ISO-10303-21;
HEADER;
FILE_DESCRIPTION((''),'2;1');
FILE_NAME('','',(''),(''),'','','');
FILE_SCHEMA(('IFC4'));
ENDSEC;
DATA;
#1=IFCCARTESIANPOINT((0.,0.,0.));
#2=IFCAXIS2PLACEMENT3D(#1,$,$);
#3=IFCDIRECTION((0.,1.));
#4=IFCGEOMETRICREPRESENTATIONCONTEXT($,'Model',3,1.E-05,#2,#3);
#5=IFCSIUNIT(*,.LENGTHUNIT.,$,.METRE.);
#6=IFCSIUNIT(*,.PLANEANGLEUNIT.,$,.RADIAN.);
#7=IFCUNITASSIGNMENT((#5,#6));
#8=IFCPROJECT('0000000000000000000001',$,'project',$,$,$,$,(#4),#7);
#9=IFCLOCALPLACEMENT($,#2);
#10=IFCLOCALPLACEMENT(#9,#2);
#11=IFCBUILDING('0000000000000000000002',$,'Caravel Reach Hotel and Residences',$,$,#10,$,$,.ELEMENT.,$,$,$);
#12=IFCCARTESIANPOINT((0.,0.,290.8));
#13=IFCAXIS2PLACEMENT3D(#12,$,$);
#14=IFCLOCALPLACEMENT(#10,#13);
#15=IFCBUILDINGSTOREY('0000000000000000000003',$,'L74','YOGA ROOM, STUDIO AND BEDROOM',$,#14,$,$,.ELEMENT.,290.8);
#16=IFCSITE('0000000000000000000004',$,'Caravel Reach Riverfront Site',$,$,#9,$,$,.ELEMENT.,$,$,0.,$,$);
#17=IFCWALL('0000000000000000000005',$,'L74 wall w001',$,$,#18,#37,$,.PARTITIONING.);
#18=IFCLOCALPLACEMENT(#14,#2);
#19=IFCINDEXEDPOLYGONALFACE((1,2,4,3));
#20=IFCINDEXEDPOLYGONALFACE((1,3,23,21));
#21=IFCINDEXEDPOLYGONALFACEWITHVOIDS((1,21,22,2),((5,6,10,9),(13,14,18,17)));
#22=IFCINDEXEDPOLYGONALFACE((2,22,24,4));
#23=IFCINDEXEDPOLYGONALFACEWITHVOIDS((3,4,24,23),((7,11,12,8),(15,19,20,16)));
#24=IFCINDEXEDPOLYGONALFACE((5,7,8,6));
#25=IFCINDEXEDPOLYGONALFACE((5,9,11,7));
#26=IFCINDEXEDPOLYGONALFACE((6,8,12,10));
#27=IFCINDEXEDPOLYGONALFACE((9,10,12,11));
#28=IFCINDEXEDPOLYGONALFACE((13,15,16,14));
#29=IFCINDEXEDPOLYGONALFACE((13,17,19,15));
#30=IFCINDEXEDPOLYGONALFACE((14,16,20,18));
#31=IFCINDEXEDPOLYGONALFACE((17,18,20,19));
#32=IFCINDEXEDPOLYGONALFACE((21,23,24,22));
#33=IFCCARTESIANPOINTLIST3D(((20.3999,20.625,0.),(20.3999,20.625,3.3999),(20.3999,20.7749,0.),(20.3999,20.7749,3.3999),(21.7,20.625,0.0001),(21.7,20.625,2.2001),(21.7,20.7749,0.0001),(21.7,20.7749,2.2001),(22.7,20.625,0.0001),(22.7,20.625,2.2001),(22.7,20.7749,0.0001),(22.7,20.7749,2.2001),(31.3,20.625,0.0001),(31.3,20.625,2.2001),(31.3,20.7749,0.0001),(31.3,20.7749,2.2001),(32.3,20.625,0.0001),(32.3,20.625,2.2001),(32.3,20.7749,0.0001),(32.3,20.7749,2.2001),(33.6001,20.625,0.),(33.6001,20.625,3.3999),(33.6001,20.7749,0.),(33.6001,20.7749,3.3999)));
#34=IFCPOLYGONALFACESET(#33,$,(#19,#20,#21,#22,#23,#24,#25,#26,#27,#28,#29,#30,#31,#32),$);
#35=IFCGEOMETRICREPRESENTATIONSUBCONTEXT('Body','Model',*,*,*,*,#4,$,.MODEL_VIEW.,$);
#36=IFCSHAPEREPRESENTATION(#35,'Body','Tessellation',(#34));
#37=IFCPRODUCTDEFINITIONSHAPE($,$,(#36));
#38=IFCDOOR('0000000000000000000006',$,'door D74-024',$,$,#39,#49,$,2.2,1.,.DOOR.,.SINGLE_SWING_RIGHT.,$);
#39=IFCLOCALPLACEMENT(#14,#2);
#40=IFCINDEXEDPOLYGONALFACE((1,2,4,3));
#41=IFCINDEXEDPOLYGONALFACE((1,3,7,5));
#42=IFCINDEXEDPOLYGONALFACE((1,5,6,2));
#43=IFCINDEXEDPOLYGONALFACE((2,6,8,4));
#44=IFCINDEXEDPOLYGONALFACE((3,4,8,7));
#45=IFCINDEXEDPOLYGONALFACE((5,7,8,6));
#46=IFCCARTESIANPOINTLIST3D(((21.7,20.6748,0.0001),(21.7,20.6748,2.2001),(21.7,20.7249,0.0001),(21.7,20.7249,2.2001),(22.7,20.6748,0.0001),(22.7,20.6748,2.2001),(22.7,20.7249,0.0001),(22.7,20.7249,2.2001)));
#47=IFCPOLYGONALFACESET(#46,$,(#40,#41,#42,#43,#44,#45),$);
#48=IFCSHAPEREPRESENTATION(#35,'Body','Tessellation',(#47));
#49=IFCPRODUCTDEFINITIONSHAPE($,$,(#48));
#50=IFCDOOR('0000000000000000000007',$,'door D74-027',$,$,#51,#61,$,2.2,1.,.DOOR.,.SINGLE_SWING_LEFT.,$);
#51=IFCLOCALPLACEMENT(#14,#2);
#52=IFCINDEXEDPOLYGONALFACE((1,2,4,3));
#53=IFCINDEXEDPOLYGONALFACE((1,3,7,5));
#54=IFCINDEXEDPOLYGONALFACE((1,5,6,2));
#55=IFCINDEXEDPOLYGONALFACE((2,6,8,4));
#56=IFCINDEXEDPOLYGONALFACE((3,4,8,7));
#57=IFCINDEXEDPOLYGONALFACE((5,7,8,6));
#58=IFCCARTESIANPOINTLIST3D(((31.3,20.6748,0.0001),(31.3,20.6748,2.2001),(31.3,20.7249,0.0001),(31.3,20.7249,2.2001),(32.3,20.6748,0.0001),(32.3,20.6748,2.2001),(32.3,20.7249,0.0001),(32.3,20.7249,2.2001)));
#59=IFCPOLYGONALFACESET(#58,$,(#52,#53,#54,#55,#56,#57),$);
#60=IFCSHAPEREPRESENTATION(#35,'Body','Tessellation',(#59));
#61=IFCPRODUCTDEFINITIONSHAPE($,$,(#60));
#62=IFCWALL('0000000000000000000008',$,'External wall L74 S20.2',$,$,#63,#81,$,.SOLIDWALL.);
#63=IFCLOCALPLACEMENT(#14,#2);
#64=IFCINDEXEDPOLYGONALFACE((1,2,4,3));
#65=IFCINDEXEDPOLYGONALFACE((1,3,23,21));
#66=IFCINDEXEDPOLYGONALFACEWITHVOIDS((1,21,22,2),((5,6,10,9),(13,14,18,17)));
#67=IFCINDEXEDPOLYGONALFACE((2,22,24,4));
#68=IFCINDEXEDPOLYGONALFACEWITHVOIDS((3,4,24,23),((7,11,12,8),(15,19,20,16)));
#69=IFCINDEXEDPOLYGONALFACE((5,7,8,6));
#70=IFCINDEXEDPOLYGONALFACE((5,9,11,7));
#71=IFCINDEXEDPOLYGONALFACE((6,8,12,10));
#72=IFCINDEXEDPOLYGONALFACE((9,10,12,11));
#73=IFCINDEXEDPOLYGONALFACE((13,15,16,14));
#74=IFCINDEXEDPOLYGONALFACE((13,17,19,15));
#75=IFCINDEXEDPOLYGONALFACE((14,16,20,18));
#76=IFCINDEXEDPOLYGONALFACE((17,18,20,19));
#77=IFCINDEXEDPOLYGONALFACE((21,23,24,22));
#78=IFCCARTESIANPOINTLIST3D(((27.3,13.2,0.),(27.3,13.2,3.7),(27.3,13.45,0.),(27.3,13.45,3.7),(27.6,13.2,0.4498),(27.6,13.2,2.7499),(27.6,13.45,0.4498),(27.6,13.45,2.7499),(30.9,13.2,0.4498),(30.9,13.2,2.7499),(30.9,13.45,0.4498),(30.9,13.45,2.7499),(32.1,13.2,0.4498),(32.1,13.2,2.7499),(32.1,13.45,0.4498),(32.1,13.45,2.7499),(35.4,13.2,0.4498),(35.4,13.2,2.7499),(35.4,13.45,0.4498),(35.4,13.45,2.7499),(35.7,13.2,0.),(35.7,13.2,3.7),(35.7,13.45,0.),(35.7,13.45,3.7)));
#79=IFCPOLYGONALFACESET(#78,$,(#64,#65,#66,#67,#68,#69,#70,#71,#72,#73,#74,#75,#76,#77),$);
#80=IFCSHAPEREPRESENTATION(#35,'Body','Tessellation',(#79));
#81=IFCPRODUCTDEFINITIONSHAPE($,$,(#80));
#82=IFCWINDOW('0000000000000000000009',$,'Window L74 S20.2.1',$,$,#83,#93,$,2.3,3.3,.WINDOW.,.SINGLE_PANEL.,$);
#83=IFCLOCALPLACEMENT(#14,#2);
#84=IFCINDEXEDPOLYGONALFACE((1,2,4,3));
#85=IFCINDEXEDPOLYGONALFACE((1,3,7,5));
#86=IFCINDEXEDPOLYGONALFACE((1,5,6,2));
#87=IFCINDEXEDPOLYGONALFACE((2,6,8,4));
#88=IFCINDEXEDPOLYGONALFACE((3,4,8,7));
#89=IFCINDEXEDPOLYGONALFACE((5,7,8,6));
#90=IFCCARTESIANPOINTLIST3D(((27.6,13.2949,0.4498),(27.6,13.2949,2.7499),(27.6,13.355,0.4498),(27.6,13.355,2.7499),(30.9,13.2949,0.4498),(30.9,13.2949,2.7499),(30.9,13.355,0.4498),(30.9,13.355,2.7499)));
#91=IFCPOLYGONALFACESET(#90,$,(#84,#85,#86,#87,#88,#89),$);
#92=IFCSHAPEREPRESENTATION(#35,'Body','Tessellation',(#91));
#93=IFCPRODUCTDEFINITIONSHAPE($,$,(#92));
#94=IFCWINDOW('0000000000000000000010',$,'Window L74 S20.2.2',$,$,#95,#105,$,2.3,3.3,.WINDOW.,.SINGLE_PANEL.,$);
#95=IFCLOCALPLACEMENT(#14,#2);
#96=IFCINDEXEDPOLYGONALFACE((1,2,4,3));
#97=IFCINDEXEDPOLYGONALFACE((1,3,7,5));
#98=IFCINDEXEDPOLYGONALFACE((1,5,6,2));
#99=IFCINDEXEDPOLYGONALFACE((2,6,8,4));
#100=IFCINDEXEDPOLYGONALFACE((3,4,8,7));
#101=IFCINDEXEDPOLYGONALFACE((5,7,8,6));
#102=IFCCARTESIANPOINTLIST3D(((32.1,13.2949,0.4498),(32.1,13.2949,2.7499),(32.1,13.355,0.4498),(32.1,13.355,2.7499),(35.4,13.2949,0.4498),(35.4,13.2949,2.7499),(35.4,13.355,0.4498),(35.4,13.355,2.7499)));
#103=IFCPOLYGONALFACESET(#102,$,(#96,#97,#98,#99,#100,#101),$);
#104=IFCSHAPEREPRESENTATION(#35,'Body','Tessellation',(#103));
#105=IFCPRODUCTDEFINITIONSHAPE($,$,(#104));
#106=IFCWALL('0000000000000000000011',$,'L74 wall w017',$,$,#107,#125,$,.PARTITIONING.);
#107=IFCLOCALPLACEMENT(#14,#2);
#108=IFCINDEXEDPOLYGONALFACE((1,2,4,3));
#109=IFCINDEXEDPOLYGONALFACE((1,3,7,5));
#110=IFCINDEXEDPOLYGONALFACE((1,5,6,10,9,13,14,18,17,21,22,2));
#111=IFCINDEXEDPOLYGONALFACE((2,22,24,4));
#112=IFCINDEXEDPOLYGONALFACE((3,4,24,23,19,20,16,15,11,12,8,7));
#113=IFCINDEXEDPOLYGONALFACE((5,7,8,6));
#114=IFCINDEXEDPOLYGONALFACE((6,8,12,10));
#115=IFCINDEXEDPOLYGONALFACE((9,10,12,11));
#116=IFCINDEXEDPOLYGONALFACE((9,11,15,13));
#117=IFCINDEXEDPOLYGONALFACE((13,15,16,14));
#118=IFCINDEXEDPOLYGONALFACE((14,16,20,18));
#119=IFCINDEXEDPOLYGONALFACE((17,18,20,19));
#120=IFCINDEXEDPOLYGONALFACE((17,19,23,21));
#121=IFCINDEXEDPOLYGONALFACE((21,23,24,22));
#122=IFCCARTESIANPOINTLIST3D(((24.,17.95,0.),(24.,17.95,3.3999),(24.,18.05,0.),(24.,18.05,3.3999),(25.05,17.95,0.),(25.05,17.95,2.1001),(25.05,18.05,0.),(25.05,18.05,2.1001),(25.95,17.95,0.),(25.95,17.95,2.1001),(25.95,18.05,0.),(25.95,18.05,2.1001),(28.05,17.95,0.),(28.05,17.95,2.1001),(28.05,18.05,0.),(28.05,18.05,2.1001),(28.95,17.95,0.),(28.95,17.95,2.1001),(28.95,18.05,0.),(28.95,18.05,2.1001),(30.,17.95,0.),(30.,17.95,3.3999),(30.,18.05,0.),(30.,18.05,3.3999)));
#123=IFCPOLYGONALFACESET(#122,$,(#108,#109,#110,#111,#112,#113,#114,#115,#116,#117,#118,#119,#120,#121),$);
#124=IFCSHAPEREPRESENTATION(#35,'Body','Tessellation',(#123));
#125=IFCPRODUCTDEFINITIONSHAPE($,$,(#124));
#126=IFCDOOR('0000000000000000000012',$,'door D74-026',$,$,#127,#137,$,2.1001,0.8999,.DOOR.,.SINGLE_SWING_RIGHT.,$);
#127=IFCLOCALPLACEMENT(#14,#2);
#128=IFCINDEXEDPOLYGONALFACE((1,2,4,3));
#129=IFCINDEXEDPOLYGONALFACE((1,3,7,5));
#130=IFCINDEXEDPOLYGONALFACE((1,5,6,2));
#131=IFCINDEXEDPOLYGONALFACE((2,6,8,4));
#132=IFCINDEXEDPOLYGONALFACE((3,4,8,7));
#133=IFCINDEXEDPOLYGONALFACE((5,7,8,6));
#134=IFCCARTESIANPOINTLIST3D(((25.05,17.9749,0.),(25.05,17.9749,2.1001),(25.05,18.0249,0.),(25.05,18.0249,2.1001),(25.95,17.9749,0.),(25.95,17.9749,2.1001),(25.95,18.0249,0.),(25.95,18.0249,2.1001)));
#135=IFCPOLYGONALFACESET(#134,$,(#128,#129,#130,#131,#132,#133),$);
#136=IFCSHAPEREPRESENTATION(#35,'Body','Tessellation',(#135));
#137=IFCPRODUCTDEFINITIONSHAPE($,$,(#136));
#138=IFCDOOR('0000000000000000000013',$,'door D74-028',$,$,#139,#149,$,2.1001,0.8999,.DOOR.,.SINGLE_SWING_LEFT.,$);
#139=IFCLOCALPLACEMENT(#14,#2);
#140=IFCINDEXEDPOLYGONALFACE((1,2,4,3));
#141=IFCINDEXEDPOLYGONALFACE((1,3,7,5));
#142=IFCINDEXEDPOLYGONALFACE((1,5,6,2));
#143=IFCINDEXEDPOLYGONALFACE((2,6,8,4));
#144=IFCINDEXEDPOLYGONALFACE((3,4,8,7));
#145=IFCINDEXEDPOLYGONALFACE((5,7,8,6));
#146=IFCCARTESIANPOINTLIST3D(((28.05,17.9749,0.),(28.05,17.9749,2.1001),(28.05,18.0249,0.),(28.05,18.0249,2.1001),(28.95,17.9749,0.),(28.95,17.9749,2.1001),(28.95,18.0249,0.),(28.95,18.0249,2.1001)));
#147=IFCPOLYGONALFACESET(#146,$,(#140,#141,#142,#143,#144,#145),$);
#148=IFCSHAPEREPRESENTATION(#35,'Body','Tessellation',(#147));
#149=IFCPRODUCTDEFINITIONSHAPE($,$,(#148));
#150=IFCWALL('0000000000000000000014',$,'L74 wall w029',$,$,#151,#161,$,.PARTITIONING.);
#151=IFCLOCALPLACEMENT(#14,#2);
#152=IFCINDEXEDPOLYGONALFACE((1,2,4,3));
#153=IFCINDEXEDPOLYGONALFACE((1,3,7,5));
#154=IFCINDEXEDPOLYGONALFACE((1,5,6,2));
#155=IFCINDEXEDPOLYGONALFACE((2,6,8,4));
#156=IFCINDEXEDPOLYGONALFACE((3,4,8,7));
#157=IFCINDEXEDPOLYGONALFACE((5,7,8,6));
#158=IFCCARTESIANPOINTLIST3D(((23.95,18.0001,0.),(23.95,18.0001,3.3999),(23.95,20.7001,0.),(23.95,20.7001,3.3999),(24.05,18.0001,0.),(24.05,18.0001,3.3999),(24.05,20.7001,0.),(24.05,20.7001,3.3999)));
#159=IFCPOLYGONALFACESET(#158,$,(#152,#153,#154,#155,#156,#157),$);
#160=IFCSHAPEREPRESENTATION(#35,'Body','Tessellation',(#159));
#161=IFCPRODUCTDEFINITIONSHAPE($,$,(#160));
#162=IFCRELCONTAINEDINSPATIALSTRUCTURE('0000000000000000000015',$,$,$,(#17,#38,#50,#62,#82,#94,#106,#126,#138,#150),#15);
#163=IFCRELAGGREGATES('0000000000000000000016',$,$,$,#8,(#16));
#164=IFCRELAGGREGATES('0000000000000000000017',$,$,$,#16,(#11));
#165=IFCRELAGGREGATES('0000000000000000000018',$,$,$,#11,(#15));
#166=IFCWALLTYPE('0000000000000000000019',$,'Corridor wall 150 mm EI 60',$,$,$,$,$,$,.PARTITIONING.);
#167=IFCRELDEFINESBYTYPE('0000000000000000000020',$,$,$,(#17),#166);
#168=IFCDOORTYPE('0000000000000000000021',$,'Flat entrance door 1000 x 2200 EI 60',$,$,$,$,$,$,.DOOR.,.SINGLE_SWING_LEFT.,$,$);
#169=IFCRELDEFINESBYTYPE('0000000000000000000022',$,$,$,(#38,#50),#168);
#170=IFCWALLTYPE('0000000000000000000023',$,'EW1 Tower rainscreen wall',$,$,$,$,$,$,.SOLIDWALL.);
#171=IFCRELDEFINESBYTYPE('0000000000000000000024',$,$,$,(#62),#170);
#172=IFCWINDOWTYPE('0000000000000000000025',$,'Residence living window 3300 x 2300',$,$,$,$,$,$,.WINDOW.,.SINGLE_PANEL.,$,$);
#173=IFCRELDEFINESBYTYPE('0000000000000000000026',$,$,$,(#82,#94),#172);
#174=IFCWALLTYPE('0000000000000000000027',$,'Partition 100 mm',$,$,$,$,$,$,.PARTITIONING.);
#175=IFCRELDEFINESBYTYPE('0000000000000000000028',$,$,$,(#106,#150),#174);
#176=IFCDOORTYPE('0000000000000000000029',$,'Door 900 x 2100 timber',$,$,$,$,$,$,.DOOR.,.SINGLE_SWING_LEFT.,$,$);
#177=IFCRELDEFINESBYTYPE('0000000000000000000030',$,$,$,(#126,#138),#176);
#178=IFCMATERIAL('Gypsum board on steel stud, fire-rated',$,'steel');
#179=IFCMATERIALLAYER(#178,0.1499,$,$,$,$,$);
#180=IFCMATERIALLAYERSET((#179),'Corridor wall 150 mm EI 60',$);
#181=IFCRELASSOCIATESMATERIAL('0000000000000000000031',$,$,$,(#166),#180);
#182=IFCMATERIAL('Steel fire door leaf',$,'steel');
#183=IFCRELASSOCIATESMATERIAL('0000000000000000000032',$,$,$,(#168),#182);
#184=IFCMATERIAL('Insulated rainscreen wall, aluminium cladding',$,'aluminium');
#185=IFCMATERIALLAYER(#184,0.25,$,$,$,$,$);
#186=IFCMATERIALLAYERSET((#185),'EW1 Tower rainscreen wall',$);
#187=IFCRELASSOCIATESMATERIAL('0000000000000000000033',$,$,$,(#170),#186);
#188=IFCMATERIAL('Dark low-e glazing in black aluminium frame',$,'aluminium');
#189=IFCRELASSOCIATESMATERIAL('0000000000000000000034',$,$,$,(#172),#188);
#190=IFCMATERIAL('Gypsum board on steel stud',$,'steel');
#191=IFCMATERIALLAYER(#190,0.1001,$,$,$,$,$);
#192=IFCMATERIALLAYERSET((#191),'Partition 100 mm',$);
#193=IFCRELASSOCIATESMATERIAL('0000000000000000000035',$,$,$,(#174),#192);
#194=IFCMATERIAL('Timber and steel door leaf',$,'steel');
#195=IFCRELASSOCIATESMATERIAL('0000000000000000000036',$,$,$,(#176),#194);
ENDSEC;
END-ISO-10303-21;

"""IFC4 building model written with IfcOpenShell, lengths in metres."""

from ifc_helpers import new_model, si_unit, direction, frame, frame_2d, origin, place, context, subcontext, project, spatial, rectangle, extrude, material, layer, layer_set, type_object, element, fill, save


model = new_model("IFC4")

# Units and contexts
model_context = context("Model", 3, precision=1e-05, world=origin(), true_north=direction((0.0, 1.0)))
body_context = subcontext(model_context, "Body", "Model", "MODEL_VIEW")
ifc_project = project(units=[si_unit("LENGTHUNIT", "METRE"), si_unit("PLANEANGLEUNIT", "RADIAN")], contexts=[model_context])

# Site, building, storey
site_placement = place(None, origin())
site = spatial("IfcSite", under=ifc_project, at=site_placement, Name="Caravel Reach Riverfront Site", CompositionType="ELEMENT", RefElevation=0.0)
building_placement = place(site_placement, origin())
building = spatial("IfcBuilding", under=site, at=building_placement, Name="Caravel Reach Hotel and Residences", CompositionType="ELEMENT")
storey_placement = place(building_placement, frame((0.0, 0.0, 290.8)))
storey = spatial("IfcBuildingStorey", under=building, at=storey_placement, Name="L74", Description="YOGA ROOM, STUDIO AND BEDROOM", CompositionType="ELEMENT", Elevation=290.8)

# Wall, openings, doors
ifc_material_1 = material(Name="Gypsum board on steel stud, fire-rated", Category="steel")
ifc_layer_1 = layer(ifc_material_1, 0.1499)
ifc_layer_set_1 = layer_set([ifc_layer_1], Name="Corridor wall 150 mm EI 60")
wall_type_1 = type_object("IfcWallType", Name="Corridor wall 150 mm EI 60", PredefinedType="PARTITIONING", material=ifc_layer_set_1)
wall_1_placement = place(storey_placement, frame((20.3999, 20.7, 0.0), z_axis=(0.0, 0.0, 1.0), x_axis=(1.0, 0.0, 0.0)))
wall_1 = element("IfcWall", 1, at=wall_1_placement, inside=storey, type_object=wall_type_1, Name="L74 wall w001", PredefinedType="PARTITIONING", context=body_context, shape_type="SweptSolid", body=[
    extrude(rectangle(XDim=13.2002, YDim=0.1499, at=frame_2d((6.6001, 0.0))), origin(), (0.0, 0.0, 1.0), 3.3999),
])
opening_1_placement = place(wall_1_placement, frame((1.3, 0.0, 0.0)))
opening_1 = element("IfcOpeningElement", 2, at=opening_1_placement, cuts=wall_1, PredefinedType="OPENING", context=body_context, shape_type="SweptSolid", body=[
    extrude(rectangle(XDim=1.0, YDim=2.2, at=frame_2d((0.5, 1.1001))), frame((0.0, 0.085, 0.0), z_axis=(0.0, -1.0, 0.0), x_axis=(1.0, 0.0, 0.0)), (0.0, 0.0, 1.0), 0.1699),
])
opening_2_placement = place(wall_1_placement, frame((10.9001, 0.0, 0.0)))
opening_2 = element("IfcOpeningElement", 3, at=opening_2_placement, cuts=wall_1, PredefinedType="OPENING", context=body_context, shape_type="SweptSolid", body=[
    extrude(rectangle(XDim=1.0, YDim=2.2, at=frame_2d((0.5, 1.1001))), frame((0.0, 0.085, 0.0), z_axis=(0.0, -1.0, 0.0), x_axis=(1.0, 0.0, 0.0)), (0.0, 0.0, 1.0), 0.1699),
])
ifc_material_2 = material(Name="Steel fire door leaf", Category="steel")
door_type_1 = type_object("IfcDoorType", Name="Flat entrance door 1000 x 2200 EI 60", OperationType="SINGLE_SWING_LEFT", PredefinedType="DOOR", material=ifc_material_2)
door_1_placement = place(opening_1_placement, origin())
door_1 = element("IfcDoor", 4, at=door_1_placement, inside=storey, type_object=door_type_1, Name="door D74-024", OperationType="SINGLE_SWING_RIGHT", OverallHeight=2.2, OverallWidth=1.0, PredefinedType="DOOR", context=body_context, shape_type="SweptSolid", body=[
    extrude(rectangle(XDim=1.0, YDim=2.2, at=frame_2d((0.5, 1.1001))), frame((0.0, 0.0249, 0.0), z_axis=(0.0, -1.0, 0.0), x_axis=(1.0, 0.0, 0.0)), (0.0, 0.0, 1.0), 0.05),
])
fill(opening_1, door_1)
door_2_placement = place(opening_2_placement, origin())
door_2 = element("IfcDoor", 5, at=door_2_placement, inside=storey, type_object=door_type_1, Name="door D74-027", OperationType="SINGLE_SWING_LEFT", OverallHeight=2.2, OverallWidth=1.0, PredefinedType="DOOR", context=body_context, shape_type="SweptSolid", body=[
    extrude(rectangle(XDim=1.0, YDim=2.2, at=frame_2d((0.5, 1.1001))), frame((0.0, 0.0249, 0.0), z_axis=(0.0, -1.0, 0.0), x_axis=(1.0, 0.0, 0.0)), (0.0, 0.0, 1.0), 0.05),
])
fill(opening_2, door_2)

# Wall, openings, windows
ifc_material_3 = material(Name="Insulated rainscreen wall, aluminium cladding", Category="aluminium")
ifc_layer_2 = layer(ifc_material_3, 0.25)
ifc_layer_set_2 = layer_set([ifc_layer_2], Name="EW1 Tower rainscreen wall")
wall_type_2 = type_object("IfcWallType", Name="EW1 Tower rainscreen wall", PredefinedType="SOLIDWALL", material=ifc_layer_set_2)
wall_2_placement = place(storey_placement, frame((27.3, 13.325, 0.0), z_axis=(0.0, 0.0, 1.0), x_axis=(1.0, 0.0, 0.0)))
wall_2 = element("IfcWall", 6, at=wall_2_placement, inside=storey, type_object=wall_type_2, Name="External wall L74 S20.2", PredefinedType="SOLIDWALL", context=body_context, shape_type="SweptSolid", body=[
    extrude(rectangle(XDim=8.3999, YDim=0.25, at=frame_2d((4.2, 0.0))), origin(), (0.0, 0.0, 1.0), 3.7),
])
opening_3_placement = place(wall_2_placement, frame((0.3, 0.0, 0.45)))
opening_3 = element("IfcOpeningElement", 7, at=opening_3_placement, cuts=wall_2, PredefinedType="OPENING", context=body_context, shape_type="SweptSolid", body=[
    extrude(rectangle(XDim=3.3, YDim=2.3, at=frame_2d((1.6499, 1.1499))), frame((0.0, 0.135, 0.0), z_axis=(0.0, -1.0, 0.0), x_axis=(1.0, 0.0, 0.0)), (0.0, 0.0, 1.0), 0.27),
])
opening_4_placement = place(wall_2_placement, frame((4.8, 0.0, 0.45)))
opening_4 = element("IfcOpeningElement", 8, at=opening_4_placement, cuts=wall_2, PredefinedType="OPENING", context=body_context, shape_type="SweptSolid", body=[
    extrude(rectangle(XDim=3.3, YDim=2.3, at=frame_2d((1.6499, 1.1499))), frame((0.0, 0.135, 0.0), z_axis=(0.0, -1.0, 0.0), x_axis=(1.0, 0.0, 0.0)), (0.0, 0.0, 1.0), 0.27),
])
ifc_material_4 = material(Name="Dark low-e glazing in black aluminium frame", Category="aluminium")
window_type = type_object("IfcWindowType", Name="Residence living window 3300 x 2300", PartitioningType="SINGLE_PANEL", PredefinedType="WINDOW", material=ifc_material_4)
window_1_placement = place(opening_3_placement, origin())
window_1 = element("IfcWindow", 9, at=window_1_placement, inside=storey, type_object=window_type, Name="Window L74 S20.2.1", OverallHeight=2.3, OverallWidth=3.3, PartitioningType="SINGLE_PANEL", PredefinedType="WINDOW", context=body_context, shape_type="SweptSolid", body=[
    extrude(rectangle(XDim=3.3, YDim=2.3, at=frame_2d((1.6499, 1.1499))), frame((0.0, 0.03, 0.0), z_axis=(0.0, -1.0, 0.0), x_axis=(1.0, 0.0, 0.0)), (0.0, 0.0, 1.0), 0.0601),
])
fill(opening_3, window_1)
window_2_placement = place(opening_4_placement, origin())
window_2 = element("IfcWindow", 10, at=window_2_placement, inside=storey, type_object=window_type, Name="Window L74 S20.2.2", OverallHeight=2.3, OverallWidth=3.3, PartitioningType="SINGLE_PANEL", PredefinedType="WINDOW", context=body_context, shape_type="SweptSolid", body=[
    extrude(rectangle(XDim=3.3, YDim=2.3, at=frame_2d((1.6499, 1.1499))), frame((0.0, 0.03, 0.0), z_axis=(0.0, -1.0, 0.0), x_axis=(1.0, 0.0, 0.0)), (0.0, 0.0, 1.0), 0.0601),
])
fill(opening_4, window_2)

# Wall, openings, doors
ifc_material_5 = material(Name="Gypsum board on steel stud", Category="steel")
ifc_layer_3 = layer(ifc_material_5, 0.1001)
ifc_layer_set_3 = layer_set([ifc_layer_3], Name="Partition 100 mm")
wall_type_3 = type_object("IfcWallType", Name="Partition 100 mm", PredefinedType="PARTITIONING", material=ifc_layer_set_3)
wall_3_placement = place(storey_placement, frame((24.0, 18.0, 0.0), z_axis=(0.0, 0.0, 1.0), x_axis=(1.0, 0.0, 0.0)))
wall_3 = element("IfcWall", 11, at=wall_3_placement, inside=storey, type_object=wall_type_3, Name="L74 wall w017", PredefinedType="PARTITIONING", context=body_context, shape_type="SweptSolid", body=[
    extrude(rectangle(XDim=6.0, YDim=0.1001, at=frame_2d((3.0, 0.0))), origin(), (0.0, 0.0, 1.0), 3.3999),
])
opening_5_placement = place(wall_3_placement, frame((1.05, 0.0, 0.0)))
opening_5 = element("IfcOpeningElement", 12, at=opening_5_placement, cuts=wall_3, PredefinedType="OPENING", context=body_context, shape_type="SweptSolid", body=[
    extrude(rectangle(XDim=0.8999, YDim=2.1001, at=frame_2d((0.45, 1.05))), frame((0.0, 0.0601, 0.0), z_axis=(0.0, -1.0, 0.0), x_axis=(1.0, 0.0, 0.0)), (0.0, 0.0, 1.0), 0.1201),
])
opening_6_placement = place(wall_3_placement, frame((4.05, 0.0, 0.0)))
opening_6 = element("IfcOpeningElement", 13, at=opening_6_placement, cuts=wall_3, PredefinedType="OPENING", context=body_context, shape_type="SweptSolid", body=[
    extrude(rectangle(XDim=0.8999, YDim=2.1001, at=frame_2d((0.45, 1.05))), frame((0.0, 0.0601, 0.0), z_axis=(0.0, -1.0, 0.0), x_axis=(1.0, 0.0, 0.0)), (0.0, 0.0, 1.0), 0.1201),
])
ifc_material_6 = material(Name="Timber and steel door leaf", Category="steel")
door_type_2 = type_object("IfcDoorType", Name="Door 900 x 2100 timber", OperationType="SINGLE_SWING_LEFT", PredefinedType="DOOR", material=ifc_material_6)
door_3_placement = place(opening_5_placement, origin())
door_3 = element("IfcDoor", 14, at=door_3_placement, inside=storey, type_object=door_type_2, Name="door D74-026", OperationType="SINGLE_SWING_RIGHT", OverallHeight=2.1001, OverallWidth=0.8999, PredefinedType="DOOR", context=body_context, shape_type="SweptSolid", body=[
    extrude(rectangle(XDim=0.8999, YDim=2.1001, at=frame_2d((0.45, 1.05))), frame((0.0, 0.0249, 0.0), z_axis=(0.0, -1.0, 0.0), x_axis=(1.0, 0.0, 0.0)), (0.0, 0.0, 1.0), 0.05),
])
fill(opening_5, door_3)
door_4_placement = place(opening_6_placement, origin())
door_4 = element("IfcDoor", 15, at=door_4_placement, inside=storey, type_object=door_type_2, Name="door D74-028", OperationType="SINGLE_SWING_LEFT", OverallHeight=2.1001, OverallWidth=0.8999, PredefinedType="DOOR", context=body_context, shape_type="SweptSolid", body=[
    extrude(rectangle(XDim=0.8999, YDim=2.1001, at=frame_2d((0.45, 1.05))), frame((0.0, 0.0249, 0.0), z_axis=(0.0, -1.0, 0.0), x_axis=(1.0, 0.0, 0.0)), (0.0, 0.0, 1.0), 0.05),
])
fill(opening_6, door_4)

# Wall
for number, where, z_axis, x_axis, name in (
    (16, (24.0, 18.0, 0.0), (0.0, 0.0, 1.0), (0.0, 1.0, 0.0), "L74 wall w029"),
):
    element("IfcWall", number, at=place(storey_placement, frame(where, z_axis=z_axis, x_axis=x_axis)), inside=storey, type_object=wall_type_3, Name=name, PredefinedType="PARTITIONING", context=body_context, shape_type="SweptSolid", body=[
        extrude(rectangle(XDim=2.7, YDim=0.1001, at=frame_2d((1.3501, 0.0))), origin(), (0.0, 0.0, 1.0), 3.3999),
    ])

save(model, "model.ifc")
